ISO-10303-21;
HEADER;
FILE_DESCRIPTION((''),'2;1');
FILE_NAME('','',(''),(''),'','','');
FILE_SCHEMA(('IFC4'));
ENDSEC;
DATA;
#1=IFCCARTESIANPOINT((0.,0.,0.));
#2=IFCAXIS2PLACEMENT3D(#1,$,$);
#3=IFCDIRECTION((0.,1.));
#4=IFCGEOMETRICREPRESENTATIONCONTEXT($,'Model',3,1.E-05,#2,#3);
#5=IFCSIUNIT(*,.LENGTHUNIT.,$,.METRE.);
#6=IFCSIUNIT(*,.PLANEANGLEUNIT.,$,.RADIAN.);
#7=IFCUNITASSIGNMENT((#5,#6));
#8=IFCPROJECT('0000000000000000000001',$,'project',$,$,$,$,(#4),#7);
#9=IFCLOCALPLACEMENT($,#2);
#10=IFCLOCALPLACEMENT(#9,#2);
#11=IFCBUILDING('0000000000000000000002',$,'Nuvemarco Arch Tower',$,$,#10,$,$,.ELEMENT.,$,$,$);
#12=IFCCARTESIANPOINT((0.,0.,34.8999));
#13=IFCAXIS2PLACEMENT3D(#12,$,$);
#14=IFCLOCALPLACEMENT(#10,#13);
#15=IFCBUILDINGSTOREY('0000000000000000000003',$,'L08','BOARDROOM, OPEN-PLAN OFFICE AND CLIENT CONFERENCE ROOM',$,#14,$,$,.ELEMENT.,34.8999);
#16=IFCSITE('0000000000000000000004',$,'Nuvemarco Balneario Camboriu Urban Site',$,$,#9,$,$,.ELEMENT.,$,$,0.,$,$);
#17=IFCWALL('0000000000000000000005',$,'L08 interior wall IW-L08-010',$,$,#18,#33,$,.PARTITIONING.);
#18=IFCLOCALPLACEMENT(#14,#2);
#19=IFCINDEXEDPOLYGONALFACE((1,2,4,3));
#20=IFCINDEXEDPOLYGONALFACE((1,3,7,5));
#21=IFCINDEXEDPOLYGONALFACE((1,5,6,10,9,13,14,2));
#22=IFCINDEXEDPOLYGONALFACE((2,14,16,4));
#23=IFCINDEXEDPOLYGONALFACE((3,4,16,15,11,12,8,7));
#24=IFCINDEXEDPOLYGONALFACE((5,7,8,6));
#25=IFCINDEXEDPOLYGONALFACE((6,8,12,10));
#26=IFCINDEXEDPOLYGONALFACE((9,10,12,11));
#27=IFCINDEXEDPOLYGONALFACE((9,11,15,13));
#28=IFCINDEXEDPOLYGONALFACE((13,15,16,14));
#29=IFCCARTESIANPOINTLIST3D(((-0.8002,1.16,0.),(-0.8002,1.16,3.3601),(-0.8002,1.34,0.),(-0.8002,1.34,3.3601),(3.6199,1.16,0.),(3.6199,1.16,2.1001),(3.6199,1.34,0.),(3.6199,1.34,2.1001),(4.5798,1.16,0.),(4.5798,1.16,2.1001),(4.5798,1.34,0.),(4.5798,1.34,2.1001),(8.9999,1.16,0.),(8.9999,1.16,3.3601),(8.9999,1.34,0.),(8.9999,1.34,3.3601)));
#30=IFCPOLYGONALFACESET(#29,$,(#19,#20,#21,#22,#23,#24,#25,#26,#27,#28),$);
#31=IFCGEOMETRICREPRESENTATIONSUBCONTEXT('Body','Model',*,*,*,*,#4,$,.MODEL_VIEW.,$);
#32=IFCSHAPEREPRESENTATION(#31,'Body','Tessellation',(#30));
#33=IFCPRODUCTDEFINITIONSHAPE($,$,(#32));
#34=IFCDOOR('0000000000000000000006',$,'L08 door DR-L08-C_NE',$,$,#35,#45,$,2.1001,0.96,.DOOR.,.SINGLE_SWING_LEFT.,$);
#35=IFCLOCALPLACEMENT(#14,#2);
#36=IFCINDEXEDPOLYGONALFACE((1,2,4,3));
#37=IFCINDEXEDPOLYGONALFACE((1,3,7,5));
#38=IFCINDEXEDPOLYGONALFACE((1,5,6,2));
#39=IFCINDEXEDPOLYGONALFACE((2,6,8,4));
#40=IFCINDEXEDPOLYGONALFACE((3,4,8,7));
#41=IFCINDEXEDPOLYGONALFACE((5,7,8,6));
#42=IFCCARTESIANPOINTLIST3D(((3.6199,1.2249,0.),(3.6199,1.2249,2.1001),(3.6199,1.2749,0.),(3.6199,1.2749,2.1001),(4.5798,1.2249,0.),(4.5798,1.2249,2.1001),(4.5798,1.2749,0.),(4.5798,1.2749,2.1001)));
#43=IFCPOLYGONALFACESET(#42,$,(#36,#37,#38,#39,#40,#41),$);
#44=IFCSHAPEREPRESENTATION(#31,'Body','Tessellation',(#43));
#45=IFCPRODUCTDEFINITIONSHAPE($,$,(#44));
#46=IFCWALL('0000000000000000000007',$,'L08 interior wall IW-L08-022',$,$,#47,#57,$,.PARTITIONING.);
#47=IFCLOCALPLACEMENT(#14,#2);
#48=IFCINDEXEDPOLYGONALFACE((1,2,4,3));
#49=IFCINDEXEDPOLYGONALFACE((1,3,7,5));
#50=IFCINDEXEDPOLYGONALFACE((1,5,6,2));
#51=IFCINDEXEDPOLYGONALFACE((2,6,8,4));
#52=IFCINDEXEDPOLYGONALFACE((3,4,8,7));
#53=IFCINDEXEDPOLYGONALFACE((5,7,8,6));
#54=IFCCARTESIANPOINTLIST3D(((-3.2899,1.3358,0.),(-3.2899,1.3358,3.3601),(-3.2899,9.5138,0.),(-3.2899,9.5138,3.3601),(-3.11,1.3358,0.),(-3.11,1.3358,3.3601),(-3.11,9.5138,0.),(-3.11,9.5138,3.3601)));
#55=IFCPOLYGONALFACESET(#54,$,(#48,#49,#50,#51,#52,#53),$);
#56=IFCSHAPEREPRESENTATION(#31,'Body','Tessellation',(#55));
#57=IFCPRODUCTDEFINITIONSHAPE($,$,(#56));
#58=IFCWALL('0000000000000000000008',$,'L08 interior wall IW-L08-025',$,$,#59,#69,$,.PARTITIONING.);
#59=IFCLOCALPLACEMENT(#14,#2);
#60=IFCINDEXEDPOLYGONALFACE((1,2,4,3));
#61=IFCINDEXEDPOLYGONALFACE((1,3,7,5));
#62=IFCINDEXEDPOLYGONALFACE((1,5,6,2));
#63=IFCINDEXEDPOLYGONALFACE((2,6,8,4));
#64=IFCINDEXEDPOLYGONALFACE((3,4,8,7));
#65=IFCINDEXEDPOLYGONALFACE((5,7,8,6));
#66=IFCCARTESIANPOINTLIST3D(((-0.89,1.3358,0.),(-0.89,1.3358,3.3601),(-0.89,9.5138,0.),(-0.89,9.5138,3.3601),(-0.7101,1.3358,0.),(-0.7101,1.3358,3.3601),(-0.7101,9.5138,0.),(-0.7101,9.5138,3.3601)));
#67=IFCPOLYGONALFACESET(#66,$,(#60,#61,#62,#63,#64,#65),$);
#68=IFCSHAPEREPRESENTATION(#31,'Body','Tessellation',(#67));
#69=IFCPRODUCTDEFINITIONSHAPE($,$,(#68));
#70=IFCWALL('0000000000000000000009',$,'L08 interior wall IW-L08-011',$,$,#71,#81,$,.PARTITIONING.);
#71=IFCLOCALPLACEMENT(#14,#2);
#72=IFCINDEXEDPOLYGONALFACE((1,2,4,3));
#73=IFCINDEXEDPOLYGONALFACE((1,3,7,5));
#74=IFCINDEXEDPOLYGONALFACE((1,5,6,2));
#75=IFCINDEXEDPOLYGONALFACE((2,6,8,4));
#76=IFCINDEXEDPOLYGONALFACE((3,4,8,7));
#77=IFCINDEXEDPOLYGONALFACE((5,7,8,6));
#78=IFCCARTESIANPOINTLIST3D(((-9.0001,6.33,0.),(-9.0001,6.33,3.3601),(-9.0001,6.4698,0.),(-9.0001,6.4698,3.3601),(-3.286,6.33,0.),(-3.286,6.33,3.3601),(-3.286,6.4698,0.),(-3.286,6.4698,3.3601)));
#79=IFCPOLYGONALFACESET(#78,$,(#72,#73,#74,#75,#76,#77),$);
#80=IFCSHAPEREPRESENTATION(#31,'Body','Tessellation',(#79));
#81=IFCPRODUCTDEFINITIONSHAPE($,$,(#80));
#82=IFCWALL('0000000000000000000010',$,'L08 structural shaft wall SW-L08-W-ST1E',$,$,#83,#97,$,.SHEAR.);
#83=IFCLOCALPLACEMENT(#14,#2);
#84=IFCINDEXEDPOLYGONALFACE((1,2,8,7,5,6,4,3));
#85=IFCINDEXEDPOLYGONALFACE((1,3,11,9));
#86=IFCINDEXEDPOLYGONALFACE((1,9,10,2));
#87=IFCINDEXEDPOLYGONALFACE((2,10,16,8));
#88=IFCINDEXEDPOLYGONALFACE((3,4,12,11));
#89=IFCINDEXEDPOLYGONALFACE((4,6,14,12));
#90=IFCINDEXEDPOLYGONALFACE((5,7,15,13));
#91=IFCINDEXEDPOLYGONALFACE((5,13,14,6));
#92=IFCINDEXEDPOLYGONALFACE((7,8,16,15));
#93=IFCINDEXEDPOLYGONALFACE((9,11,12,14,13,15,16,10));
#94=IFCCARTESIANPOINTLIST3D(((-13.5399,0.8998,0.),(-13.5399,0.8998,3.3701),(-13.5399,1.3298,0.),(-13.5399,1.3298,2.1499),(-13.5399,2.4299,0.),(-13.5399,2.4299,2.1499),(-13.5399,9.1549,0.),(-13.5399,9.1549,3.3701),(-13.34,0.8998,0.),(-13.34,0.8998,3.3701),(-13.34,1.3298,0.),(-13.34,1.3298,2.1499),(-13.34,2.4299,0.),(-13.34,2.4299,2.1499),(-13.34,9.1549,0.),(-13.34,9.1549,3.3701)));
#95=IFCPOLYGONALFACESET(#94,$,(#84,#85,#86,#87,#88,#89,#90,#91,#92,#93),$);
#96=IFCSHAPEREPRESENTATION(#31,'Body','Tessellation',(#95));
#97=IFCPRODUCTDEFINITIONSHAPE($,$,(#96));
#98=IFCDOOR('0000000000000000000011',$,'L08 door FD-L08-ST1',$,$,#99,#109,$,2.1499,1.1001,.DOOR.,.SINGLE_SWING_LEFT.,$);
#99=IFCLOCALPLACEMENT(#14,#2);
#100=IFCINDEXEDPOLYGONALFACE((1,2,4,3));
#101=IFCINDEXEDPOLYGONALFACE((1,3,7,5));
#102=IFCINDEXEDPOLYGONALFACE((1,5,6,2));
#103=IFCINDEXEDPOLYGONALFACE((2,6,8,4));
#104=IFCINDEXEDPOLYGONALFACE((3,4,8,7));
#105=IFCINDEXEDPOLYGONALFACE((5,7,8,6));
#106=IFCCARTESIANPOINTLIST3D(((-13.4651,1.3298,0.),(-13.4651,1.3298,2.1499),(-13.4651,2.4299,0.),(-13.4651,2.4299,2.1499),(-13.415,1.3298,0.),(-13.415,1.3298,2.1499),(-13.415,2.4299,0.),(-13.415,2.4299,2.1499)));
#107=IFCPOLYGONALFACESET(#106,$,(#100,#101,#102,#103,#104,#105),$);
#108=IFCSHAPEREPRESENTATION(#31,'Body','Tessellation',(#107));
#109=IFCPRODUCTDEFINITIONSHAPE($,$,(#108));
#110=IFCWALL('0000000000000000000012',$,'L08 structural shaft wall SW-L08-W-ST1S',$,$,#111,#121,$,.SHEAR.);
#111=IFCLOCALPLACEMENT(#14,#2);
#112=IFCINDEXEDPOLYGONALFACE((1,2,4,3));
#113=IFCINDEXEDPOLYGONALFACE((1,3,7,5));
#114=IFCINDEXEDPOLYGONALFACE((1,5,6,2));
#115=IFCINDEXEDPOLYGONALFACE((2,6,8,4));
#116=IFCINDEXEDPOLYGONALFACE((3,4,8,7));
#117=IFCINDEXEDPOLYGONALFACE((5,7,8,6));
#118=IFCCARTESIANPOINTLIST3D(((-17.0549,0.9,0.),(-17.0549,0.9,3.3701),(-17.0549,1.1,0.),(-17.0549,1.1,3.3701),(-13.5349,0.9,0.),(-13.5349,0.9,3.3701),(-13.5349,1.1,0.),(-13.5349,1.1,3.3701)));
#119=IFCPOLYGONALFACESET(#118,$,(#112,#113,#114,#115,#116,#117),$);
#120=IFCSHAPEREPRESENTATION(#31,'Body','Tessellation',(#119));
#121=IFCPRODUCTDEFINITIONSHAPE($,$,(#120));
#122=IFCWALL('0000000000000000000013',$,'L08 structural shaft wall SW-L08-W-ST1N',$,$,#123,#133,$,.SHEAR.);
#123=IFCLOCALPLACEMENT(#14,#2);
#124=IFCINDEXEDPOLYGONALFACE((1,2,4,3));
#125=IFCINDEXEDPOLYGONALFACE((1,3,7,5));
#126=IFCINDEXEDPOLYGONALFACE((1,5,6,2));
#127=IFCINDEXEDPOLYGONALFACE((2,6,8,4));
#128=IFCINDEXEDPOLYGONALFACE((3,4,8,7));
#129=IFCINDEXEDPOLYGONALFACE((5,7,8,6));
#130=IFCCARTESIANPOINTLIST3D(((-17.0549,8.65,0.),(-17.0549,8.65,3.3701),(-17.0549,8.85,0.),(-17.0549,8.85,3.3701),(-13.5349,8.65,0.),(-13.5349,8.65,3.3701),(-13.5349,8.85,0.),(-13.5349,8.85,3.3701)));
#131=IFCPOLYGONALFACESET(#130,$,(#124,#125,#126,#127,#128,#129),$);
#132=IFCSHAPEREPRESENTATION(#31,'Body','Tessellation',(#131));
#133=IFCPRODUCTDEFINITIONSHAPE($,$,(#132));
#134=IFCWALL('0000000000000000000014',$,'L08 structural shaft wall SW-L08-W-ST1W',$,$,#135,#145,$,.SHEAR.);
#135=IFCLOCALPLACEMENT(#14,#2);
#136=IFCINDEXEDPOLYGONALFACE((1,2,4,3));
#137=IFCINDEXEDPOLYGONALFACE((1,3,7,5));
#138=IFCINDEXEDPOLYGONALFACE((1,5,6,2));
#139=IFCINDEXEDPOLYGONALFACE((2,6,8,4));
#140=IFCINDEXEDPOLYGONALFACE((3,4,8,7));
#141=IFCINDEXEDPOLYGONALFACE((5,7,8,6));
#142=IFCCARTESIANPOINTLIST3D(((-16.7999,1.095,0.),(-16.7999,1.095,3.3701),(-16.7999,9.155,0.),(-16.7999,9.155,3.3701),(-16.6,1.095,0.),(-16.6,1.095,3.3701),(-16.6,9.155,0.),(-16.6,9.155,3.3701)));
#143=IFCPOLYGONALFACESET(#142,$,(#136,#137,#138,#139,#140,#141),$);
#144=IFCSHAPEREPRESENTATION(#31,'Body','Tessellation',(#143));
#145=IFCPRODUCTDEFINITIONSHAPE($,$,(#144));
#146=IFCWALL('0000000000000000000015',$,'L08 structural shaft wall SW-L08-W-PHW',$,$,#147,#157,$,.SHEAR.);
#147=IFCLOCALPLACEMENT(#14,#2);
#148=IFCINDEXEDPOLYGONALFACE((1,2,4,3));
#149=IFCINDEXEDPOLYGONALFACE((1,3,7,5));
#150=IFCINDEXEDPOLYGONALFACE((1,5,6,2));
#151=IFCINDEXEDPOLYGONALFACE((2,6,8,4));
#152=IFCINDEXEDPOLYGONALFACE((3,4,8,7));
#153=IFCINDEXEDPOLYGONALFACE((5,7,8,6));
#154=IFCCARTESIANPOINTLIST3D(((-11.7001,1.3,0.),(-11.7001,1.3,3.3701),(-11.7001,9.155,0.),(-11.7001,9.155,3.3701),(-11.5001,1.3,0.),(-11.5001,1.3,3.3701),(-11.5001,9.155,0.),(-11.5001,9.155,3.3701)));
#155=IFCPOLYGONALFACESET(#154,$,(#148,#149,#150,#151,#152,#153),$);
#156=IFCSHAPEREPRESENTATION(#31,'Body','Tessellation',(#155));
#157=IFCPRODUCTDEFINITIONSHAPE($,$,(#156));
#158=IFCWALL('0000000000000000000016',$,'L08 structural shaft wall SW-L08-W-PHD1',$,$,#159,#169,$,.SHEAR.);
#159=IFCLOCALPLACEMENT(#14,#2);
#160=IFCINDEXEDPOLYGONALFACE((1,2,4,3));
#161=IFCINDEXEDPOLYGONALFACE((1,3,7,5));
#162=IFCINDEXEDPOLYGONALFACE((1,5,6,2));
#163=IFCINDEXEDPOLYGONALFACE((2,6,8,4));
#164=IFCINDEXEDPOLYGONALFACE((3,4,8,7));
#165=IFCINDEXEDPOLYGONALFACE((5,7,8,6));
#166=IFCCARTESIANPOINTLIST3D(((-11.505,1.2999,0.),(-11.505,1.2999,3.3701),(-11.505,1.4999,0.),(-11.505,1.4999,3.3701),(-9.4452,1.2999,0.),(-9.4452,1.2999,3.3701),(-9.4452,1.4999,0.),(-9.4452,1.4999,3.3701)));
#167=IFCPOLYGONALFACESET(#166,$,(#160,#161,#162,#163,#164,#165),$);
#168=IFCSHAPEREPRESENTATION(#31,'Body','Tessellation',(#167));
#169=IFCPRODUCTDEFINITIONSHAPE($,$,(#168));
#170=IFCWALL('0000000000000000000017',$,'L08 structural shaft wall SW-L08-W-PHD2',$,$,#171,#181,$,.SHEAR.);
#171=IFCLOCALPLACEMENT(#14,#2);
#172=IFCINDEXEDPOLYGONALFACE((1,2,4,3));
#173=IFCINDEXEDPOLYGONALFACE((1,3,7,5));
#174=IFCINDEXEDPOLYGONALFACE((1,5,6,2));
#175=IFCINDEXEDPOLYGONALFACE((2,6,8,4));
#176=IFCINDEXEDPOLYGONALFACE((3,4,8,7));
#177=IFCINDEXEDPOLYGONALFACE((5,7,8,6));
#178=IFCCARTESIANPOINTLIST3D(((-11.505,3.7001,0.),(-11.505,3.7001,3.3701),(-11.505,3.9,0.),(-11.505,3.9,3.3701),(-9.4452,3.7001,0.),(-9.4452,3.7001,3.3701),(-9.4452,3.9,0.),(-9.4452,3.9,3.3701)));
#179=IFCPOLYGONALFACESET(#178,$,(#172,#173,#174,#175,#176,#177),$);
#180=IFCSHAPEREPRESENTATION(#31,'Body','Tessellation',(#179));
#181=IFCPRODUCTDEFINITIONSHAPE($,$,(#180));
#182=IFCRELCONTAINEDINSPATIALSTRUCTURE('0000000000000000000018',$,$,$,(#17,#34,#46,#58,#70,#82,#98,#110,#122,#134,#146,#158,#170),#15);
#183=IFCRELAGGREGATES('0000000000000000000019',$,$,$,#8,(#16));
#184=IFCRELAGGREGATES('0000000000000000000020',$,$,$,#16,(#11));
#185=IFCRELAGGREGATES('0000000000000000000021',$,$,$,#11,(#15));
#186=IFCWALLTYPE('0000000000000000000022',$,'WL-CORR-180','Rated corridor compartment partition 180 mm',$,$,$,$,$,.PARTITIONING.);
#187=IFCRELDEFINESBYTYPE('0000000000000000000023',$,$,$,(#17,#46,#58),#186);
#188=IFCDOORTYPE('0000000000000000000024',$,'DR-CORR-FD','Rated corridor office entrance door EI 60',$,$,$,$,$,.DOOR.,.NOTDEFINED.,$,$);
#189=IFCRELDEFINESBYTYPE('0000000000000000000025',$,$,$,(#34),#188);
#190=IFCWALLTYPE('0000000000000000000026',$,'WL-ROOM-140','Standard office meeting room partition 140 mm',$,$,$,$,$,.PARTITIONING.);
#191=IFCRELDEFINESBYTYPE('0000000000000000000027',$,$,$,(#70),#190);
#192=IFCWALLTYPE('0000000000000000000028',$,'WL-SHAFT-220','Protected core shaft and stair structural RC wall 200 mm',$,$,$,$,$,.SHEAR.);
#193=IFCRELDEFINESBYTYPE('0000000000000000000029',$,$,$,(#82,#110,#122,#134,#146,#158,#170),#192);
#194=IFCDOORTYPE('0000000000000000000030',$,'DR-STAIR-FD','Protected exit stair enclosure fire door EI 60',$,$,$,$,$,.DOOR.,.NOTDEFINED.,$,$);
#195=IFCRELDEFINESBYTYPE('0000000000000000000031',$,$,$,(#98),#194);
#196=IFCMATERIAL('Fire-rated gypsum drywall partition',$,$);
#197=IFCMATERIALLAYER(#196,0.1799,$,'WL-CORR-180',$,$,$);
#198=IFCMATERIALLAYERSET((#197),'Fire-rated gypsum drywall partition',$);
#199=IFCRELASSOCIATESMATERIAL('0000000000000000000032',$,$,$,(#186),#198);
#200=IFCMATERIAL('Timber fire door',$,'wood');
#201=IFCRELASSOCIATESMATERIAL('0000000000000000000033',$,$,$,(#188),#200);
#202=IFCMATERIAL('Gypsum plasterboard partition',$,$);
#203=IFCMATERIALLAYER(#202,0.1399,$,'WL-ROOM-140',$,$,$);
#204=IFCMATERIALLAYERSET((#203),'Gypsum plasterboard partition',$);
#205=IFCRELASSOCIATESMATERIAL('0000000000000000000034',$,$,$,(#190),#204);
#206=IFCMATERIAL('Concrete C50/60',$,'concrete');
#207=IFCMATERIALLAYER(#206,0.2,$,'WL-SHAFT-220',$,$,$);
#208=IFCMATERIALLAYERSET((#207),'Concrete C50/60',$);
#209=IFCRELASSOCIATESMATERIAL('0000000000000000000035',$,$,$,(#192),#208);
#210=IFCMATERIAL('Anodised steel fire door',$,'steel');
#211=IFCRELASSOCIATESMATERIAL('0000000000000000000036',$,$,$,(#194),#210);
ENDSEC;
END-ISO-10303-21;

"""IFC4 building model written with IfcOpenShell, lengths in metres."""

from ifc_helpers import new_model, si_unit, direction, frame, frame_2d, origin, place, context, subcontext, project, spatial, rectangle, extrude, source, transform, mapped, material, layer, layer_set, type_object, type_shapes, element, fill, save


model = new_model("IFC4")

# Units and contexts
model_context = context("Model", 3, precision=1e-05, world=origin(), true_north=direction((0.0, 1.0)))
body_context = subcontext(model_context, "Body", "Model", "MODEL_VIEW")
ifc_project = project(units=[si_unit("LENGTHUNIT", "METRE"), si_unit("PLANEANGLEUNIT", "RADIAN")], contexts=[model_context])

# Site, building, storey
site_placement = place(None, origin())
site = spatial("IfcSite", under=ifc_project, at=site_placement, Name="Nuvemarco Balneario Camboriu Urban Site", CompositionType="ELEMENT", RefElevation=0.0)
building_placement = place(site_placement, origin())
building = spatial("IfcBuilding", under=site, at=building_placement, Name="Nuvemarco Arch Tower", CompositionType="ELEMENT")
storey_placement = place(building_placement, frame((0.0, 0.0, 34.8999)))
storey = spatial("IfcBuildingStorey", under=building, at=storey_placement, Name="L08", Description="BOARDROOM, OPEN-PLAN OFFICE AND CLIENT CONFERENCE ROOM", CompositionType="ELEMENT", Elevation=34.8999)

# Wall, opening, door
ifc_material_1 = material(Name="Fire-rated gypsum drywall partition")
ifc_layer_1 = layer(ifc_material_1, 0.1799, Name="WL-CORR-180")
ifc_layer_set_1 = layer_set([ifc_layer_1], Name="Fire-rated gypsum drywall partition")
wall_type_1 = type_object("IfcWallType", Name="WL-CORR-180", Description="Rated corridor compartment partition 180 mm", PredefinedType="PARTITIONING", material=ifc_layer_set_1)
ifc_material_2 = material(Name="Timber fire door", Category="wood")
door_type_1 = type_object("IfcDoorType", Name="DR-CORR-FD", Description="Rated corridor office entrance door EI 60", OperationType="NOTDEFINED", PredefinedType="DOOR", material=ifc_material_2)
shared_shape_1 = source(origin(), body_context, "Body", "SweptSolid", [
    extrude(rectangle(XDim=0.96, YDim=2.1001, at=frame_2d((0.48, 1.05))), frame((0.0, 0.0249, 0.0), z_axis=(0.0, -1.0, 0.0), x_axis=(1.0, 0.0, 0.0)), (0.0, 0.0, 1.0), 0.05),
])
type_shapes(door_type_1, [shared_shape_1])
wall_1_placement = place(storey_placement, frame((-0.8, 1.25, 0.0), z_axis=(0.0, 0.0, 1.0), x_axis=(1.0, 0.0, 0.0)))
wall_1 = element("IfcWall", 1, at=wall_1_placement, inside=storey, type_object=wall_type_1, Name="L08 interior wall IW-L08-010", PredefinedType="PARTITIONING", context=body_context, shape_type="SweptSolid", body=[
    extrude(rectangle(XDim=9.8, YDim=0.1799, at=frame_2d((4.8999, 0.0))), origin(), (0.0, 0.0, 1.0), 3.3601),
])
opening_1_placement = place(wall_1_placement, frame((4.4199, 0.0, 0.0)))
opening_1 = element("IfcOpeningElement", 2, at=opening_1_placement, cuts=wall_1, PredefinedType="OPENING", context=body_context, shape_type="SweptSolid", body=[
    extrude(rectangle(XDim=0.96, YDim=2.1001, at=frame_2d((0.48, 1.05))), frame((0.0, 0.0999, 0.0), z_axis=(0.0, -1.0, 0.0), x_axis=(1.0, 0.0, 0.0)), (0.0, 0.0, 1.0), 0.2),
])
door_1_placement = place(opening_1_placement, origin())
door_1 = element("IfcDoor", 3, at=door_1_placement, inside=storey, type_object=door_type_1, Name="L08 door DR-L08-C_NE", OperationType="SINGLE_SWING_LEFT", OverallHeight=2.1001, OverallWidth=0.96, PredefinedType="DOOR", context=body_context, shape_type="MappedRepresentation", body=[
    mapped(shared_shape_1, transform((0.0, 0.0, 0.0), scale=1.0)),
])
fill(opening_1, door_1)

# Walls
for number, where, z_axis, x_axis, name in (
    (4, (-3.2, 1.3359, 0.0), (0.0, 0.0, 1.0), (0.0, 1.0, 0.0), "L08 interior wall IW-L08-022"),
    (5, (-0.8, 1.3359, 0.0), (0.0, 0.0, 1.0), (0.0, 1.0, 0.0), "L08 interior wall IW-L08-025"),
):
    element("IfcWall", number, at=place(storey_placement, frame(where, z_axis=z_axis, x_axis=x_axis)), inside=storey, type_object=wall_type_1, Name=name, PredefinedType="PARTITIONING", context=body_context, shape_type="SweptSolid", body=[
        extrude(rectangle(XDim=8.178, YDim=0.1799, at=frame_2d((4.0889, 0.0))), origin(), (0.0, 0.0, 1.0), 3.3601),
    ])
ifc_material_3 = material(Name="Gypsum plasterboard partition")
ifc_layer_2 = layer(ifc_material_3, 0.1399, Name="WL-ROOM-140")
ifc_layer_set_2 = layer_set([ifc_layer_2], Name="Gypsum plasterboard partition")
wall_type_2 = type_object("IfcWallType", Name="WL-ROOM-140", Description="Standard office meeting room partition 140 mm", PredefinedType="PARTITIONING", material=ifc_layer_set_2)
wall_2_placement = place(storey_placement, frame((-9.0, 6.3999, 0.0), z_axis=(0.0, 0.0, 1.0), x_axis=(1.0, 0.0, 0.0)))
element("IfcWall", 6, at=wall_2_placement, inside=storey, type_object=wall_type_2, Name="L08 interior wall IW-L08-011", PredefinedType="PARTITIONING", context=body_context, shape_type="SweptSolid", body=[
    extrude(rectangle(XDim=5.7141, YDim=0.1399, at=frame_2d((2.8569, 0.0))), origin(), (0.0, 0.0, 1.0), 3.3601),
])

# Wall, opening, door
ifc_material_4 = material(Name="Concrete C50/60", Category="concrete")
ifc_layer_3 = layer(ifc_material_4, 0.2, Name="WL-SHAFT-220")
ifc_layer_set_3 = layer_set([ifc_layer_3], Name="Concrete C50/60")
wall_type_3 = type_object("IfcWallType", Name="WL-SHAFT-220", Description="Protected core shaft and stair structural RC wall 200 mm", PredefinedType="SHEAR", material=ifc_layer_set_3)
wall_3_placement = place(storey_placement, frame((-13.4399, 0.8999, 0.0), z_axis=(0.0, 0.0, 1.0), x_axis=(0.0, 1.0, 0.0)))
wall_3 = element("IfcWall", 7, at=wall_3_placement, inside=storey, type_object=wall_type_3, Name="L08 structural shaft wall SW-L08-W-ST1E", PredefinedType="SHEAR", context=body_context, shape_type="SweptSolid", body=[
    extrude(rectangle(XDim=8.2551, YDim=0.2, at=frame_2d((4.1274, 0.0))), origin(), (0.0, 0.0, 1.0), 3.3701),
])
opening_2_placement = place(wall_3_placement, frame((1.53, 0.0, 0.0), z_axis=(0.0, 0.0, 1.0), x_axis=(-1.0, 0.0, 0.0)))
opening_2 = element("IfcOpeningElement", 8, at=opening_2_placement, cuts=wall_3, PredefinedType="OPENING", context=body_context, shape_type="SweptSolid", body=[
    extrude(rectangle(XDim=1.1001, YDim=2.1499, at=frame_2d((0.55, 1.075))), frame((0.0, 0.1099, 0.0), z_axis=(0.0, -1.0, 0.0), x_axis=(1.0, 0.0, 0.0)), (0.0, 0.0, 1.0), 0.22),
])
ifc_material_5 = material(Name="Anodised steel fire door", Category="steel")
door_type_2 = type_object("IfcDoorType", Name="DR-STAIR-FD", Description="Protected exit stair enclosure fire door EI 60", OperationType="NOTDEFINED", PredefinedType="DOOR", material=ifc_material_5)
shared_shape_2 = source(origin(), body_context, "Body", "SweptSolid", [
    extrude(rectangle(XDim=1.1001, YDim=2.1499, at=frame_2d((0.55, 1.075))), frame((0.0, 0.0249, 0.0), z_axis=(0.0, -1.0, 0.0), x_axis=(1.0, 0.0, 0.0)), (0.0, 0.0, 1.0), 0.05),
])
type_shapes(door_type_2, [shared_shape_2])
door_2_placement = place(opening_2_placement, origin())
door_2 = element("IfcDoor", 9, at=door_2_placement, inside=storey, type_object=door_type_2, Name="L08 door FD-L08-ST1", OperationType="SINGLE_SWING_LEFT", OverallHeight=2.1499, OverallWidth=1.1001, PredefinedType="DOOR", context=body_context, shape_type="MappedRepresentation", body=[
    mapped(shared_shape_2, transform((0.0, 0.0, 0.0), scale=1.0)),
])
fill(opening_2, door_2)

# Walls
for number, where, z_axis, x_axis, name in (
    (10, (-17.0549, 1.0, 0.0), (0.0, 0.0, 1.0), (1.0, 0.0, 0.0), "L08 structural shaft wall SW-L08-W-ST1S"),
    (11, (-17.0549, 8.75, 0.0), (0.0, 0.0, 1.0), (1.0, 0.0, 0.0), "L08 structural shaft wall SW-L08-W-ST1N"),
):
    element("IfcWall", number, at=place(storey_placement, frame(where, z_axis=z_axis, x_axis=x_axis)), inside=storey, type_object=wall_type_3, Name=name, PredefinedType="SHEAR", context=body_context, shape_type="SweptSolid", body=[
        extrude(rectangle(XDim=3.52, YDim=0.2, at=frame_2d((1.76, 0.0))), origin(), (0.0, 0.0, 1.0), 3.3701),
    ])
wall_4_placement = place(storey_placement, frame((-16.7, 1.095, 0.0), z_axis=(0.0, 0.0, 1.0), x_axis=(0.0, 1.0, 0.0)))
element("IfcWall", 12, at=wall_4_placement, inside=storey, type_object=wall_type_3, Name="L08 structural shaft wall SW-L08-W-ST1W", PredefinedType="SHEAR", context=body_context, shape_type="SweptSolid", body=[
    extrude(rectangle(XDim=8.0601, YDim=0.2, at=frame_2d((4.03, 0.0))), origin(), (0.0, 0.0, 1.0), 3.3701),
])
wall_5_placement = place(storey_placement, frame((-11.6001, 1.3, 0.0), z_axis=(0.0, 0.0, 1.0), x_axis=(0.0, 1.0, 0.0)))
element("IfcWall", 13, at=wall_5_placement, inside=storey, type_object=wall_type_3, Name="L08 structural shaft wall SW-L08-W-PHW", PredefinedType="SHEAR", context=body_context, shape_type="SweptSolid", body=[
    extrude(rectangle(XDim=7.855, YDim=0.2, at=frame_2d((3.9275, 0.0))), origin(), (0.0, 0.0, 1.0), 3.3701),
])
for number, where, z_axis, x_axis, name in (
    (14, (-11.5049, 1.3999, 0.0), (0.0, 0.0, 1.0), (1.0, 0.0, 0.0), "L08 structural shaft wall SW-L08-W-PHD1"),
    (15, (-11.5049, 3.8, 0.0), (0.0, 0.0, 1.0), (1.0, 0.0, 0.0), "L08 structural shaft wall SW-L08-W-PHD2"),
):
    element("IfcWall", number, at=place(storey_placement, frame(where, z_axis=z_axis, x_axis=x_axis)), inside=storey, type_object=wall_type_3, Name=name, PredefinedType="SHEAR", context=body_context, shape_type="SweptSolid", body=[
        extrude(rectangle(XDim=2.0598, YDim=0.2, at=frame_2d((1.0298, 0.0))), origin(), (0.0, 0.0, 1.0), 3.3701),
    ])

save(model, "model.ifc")
